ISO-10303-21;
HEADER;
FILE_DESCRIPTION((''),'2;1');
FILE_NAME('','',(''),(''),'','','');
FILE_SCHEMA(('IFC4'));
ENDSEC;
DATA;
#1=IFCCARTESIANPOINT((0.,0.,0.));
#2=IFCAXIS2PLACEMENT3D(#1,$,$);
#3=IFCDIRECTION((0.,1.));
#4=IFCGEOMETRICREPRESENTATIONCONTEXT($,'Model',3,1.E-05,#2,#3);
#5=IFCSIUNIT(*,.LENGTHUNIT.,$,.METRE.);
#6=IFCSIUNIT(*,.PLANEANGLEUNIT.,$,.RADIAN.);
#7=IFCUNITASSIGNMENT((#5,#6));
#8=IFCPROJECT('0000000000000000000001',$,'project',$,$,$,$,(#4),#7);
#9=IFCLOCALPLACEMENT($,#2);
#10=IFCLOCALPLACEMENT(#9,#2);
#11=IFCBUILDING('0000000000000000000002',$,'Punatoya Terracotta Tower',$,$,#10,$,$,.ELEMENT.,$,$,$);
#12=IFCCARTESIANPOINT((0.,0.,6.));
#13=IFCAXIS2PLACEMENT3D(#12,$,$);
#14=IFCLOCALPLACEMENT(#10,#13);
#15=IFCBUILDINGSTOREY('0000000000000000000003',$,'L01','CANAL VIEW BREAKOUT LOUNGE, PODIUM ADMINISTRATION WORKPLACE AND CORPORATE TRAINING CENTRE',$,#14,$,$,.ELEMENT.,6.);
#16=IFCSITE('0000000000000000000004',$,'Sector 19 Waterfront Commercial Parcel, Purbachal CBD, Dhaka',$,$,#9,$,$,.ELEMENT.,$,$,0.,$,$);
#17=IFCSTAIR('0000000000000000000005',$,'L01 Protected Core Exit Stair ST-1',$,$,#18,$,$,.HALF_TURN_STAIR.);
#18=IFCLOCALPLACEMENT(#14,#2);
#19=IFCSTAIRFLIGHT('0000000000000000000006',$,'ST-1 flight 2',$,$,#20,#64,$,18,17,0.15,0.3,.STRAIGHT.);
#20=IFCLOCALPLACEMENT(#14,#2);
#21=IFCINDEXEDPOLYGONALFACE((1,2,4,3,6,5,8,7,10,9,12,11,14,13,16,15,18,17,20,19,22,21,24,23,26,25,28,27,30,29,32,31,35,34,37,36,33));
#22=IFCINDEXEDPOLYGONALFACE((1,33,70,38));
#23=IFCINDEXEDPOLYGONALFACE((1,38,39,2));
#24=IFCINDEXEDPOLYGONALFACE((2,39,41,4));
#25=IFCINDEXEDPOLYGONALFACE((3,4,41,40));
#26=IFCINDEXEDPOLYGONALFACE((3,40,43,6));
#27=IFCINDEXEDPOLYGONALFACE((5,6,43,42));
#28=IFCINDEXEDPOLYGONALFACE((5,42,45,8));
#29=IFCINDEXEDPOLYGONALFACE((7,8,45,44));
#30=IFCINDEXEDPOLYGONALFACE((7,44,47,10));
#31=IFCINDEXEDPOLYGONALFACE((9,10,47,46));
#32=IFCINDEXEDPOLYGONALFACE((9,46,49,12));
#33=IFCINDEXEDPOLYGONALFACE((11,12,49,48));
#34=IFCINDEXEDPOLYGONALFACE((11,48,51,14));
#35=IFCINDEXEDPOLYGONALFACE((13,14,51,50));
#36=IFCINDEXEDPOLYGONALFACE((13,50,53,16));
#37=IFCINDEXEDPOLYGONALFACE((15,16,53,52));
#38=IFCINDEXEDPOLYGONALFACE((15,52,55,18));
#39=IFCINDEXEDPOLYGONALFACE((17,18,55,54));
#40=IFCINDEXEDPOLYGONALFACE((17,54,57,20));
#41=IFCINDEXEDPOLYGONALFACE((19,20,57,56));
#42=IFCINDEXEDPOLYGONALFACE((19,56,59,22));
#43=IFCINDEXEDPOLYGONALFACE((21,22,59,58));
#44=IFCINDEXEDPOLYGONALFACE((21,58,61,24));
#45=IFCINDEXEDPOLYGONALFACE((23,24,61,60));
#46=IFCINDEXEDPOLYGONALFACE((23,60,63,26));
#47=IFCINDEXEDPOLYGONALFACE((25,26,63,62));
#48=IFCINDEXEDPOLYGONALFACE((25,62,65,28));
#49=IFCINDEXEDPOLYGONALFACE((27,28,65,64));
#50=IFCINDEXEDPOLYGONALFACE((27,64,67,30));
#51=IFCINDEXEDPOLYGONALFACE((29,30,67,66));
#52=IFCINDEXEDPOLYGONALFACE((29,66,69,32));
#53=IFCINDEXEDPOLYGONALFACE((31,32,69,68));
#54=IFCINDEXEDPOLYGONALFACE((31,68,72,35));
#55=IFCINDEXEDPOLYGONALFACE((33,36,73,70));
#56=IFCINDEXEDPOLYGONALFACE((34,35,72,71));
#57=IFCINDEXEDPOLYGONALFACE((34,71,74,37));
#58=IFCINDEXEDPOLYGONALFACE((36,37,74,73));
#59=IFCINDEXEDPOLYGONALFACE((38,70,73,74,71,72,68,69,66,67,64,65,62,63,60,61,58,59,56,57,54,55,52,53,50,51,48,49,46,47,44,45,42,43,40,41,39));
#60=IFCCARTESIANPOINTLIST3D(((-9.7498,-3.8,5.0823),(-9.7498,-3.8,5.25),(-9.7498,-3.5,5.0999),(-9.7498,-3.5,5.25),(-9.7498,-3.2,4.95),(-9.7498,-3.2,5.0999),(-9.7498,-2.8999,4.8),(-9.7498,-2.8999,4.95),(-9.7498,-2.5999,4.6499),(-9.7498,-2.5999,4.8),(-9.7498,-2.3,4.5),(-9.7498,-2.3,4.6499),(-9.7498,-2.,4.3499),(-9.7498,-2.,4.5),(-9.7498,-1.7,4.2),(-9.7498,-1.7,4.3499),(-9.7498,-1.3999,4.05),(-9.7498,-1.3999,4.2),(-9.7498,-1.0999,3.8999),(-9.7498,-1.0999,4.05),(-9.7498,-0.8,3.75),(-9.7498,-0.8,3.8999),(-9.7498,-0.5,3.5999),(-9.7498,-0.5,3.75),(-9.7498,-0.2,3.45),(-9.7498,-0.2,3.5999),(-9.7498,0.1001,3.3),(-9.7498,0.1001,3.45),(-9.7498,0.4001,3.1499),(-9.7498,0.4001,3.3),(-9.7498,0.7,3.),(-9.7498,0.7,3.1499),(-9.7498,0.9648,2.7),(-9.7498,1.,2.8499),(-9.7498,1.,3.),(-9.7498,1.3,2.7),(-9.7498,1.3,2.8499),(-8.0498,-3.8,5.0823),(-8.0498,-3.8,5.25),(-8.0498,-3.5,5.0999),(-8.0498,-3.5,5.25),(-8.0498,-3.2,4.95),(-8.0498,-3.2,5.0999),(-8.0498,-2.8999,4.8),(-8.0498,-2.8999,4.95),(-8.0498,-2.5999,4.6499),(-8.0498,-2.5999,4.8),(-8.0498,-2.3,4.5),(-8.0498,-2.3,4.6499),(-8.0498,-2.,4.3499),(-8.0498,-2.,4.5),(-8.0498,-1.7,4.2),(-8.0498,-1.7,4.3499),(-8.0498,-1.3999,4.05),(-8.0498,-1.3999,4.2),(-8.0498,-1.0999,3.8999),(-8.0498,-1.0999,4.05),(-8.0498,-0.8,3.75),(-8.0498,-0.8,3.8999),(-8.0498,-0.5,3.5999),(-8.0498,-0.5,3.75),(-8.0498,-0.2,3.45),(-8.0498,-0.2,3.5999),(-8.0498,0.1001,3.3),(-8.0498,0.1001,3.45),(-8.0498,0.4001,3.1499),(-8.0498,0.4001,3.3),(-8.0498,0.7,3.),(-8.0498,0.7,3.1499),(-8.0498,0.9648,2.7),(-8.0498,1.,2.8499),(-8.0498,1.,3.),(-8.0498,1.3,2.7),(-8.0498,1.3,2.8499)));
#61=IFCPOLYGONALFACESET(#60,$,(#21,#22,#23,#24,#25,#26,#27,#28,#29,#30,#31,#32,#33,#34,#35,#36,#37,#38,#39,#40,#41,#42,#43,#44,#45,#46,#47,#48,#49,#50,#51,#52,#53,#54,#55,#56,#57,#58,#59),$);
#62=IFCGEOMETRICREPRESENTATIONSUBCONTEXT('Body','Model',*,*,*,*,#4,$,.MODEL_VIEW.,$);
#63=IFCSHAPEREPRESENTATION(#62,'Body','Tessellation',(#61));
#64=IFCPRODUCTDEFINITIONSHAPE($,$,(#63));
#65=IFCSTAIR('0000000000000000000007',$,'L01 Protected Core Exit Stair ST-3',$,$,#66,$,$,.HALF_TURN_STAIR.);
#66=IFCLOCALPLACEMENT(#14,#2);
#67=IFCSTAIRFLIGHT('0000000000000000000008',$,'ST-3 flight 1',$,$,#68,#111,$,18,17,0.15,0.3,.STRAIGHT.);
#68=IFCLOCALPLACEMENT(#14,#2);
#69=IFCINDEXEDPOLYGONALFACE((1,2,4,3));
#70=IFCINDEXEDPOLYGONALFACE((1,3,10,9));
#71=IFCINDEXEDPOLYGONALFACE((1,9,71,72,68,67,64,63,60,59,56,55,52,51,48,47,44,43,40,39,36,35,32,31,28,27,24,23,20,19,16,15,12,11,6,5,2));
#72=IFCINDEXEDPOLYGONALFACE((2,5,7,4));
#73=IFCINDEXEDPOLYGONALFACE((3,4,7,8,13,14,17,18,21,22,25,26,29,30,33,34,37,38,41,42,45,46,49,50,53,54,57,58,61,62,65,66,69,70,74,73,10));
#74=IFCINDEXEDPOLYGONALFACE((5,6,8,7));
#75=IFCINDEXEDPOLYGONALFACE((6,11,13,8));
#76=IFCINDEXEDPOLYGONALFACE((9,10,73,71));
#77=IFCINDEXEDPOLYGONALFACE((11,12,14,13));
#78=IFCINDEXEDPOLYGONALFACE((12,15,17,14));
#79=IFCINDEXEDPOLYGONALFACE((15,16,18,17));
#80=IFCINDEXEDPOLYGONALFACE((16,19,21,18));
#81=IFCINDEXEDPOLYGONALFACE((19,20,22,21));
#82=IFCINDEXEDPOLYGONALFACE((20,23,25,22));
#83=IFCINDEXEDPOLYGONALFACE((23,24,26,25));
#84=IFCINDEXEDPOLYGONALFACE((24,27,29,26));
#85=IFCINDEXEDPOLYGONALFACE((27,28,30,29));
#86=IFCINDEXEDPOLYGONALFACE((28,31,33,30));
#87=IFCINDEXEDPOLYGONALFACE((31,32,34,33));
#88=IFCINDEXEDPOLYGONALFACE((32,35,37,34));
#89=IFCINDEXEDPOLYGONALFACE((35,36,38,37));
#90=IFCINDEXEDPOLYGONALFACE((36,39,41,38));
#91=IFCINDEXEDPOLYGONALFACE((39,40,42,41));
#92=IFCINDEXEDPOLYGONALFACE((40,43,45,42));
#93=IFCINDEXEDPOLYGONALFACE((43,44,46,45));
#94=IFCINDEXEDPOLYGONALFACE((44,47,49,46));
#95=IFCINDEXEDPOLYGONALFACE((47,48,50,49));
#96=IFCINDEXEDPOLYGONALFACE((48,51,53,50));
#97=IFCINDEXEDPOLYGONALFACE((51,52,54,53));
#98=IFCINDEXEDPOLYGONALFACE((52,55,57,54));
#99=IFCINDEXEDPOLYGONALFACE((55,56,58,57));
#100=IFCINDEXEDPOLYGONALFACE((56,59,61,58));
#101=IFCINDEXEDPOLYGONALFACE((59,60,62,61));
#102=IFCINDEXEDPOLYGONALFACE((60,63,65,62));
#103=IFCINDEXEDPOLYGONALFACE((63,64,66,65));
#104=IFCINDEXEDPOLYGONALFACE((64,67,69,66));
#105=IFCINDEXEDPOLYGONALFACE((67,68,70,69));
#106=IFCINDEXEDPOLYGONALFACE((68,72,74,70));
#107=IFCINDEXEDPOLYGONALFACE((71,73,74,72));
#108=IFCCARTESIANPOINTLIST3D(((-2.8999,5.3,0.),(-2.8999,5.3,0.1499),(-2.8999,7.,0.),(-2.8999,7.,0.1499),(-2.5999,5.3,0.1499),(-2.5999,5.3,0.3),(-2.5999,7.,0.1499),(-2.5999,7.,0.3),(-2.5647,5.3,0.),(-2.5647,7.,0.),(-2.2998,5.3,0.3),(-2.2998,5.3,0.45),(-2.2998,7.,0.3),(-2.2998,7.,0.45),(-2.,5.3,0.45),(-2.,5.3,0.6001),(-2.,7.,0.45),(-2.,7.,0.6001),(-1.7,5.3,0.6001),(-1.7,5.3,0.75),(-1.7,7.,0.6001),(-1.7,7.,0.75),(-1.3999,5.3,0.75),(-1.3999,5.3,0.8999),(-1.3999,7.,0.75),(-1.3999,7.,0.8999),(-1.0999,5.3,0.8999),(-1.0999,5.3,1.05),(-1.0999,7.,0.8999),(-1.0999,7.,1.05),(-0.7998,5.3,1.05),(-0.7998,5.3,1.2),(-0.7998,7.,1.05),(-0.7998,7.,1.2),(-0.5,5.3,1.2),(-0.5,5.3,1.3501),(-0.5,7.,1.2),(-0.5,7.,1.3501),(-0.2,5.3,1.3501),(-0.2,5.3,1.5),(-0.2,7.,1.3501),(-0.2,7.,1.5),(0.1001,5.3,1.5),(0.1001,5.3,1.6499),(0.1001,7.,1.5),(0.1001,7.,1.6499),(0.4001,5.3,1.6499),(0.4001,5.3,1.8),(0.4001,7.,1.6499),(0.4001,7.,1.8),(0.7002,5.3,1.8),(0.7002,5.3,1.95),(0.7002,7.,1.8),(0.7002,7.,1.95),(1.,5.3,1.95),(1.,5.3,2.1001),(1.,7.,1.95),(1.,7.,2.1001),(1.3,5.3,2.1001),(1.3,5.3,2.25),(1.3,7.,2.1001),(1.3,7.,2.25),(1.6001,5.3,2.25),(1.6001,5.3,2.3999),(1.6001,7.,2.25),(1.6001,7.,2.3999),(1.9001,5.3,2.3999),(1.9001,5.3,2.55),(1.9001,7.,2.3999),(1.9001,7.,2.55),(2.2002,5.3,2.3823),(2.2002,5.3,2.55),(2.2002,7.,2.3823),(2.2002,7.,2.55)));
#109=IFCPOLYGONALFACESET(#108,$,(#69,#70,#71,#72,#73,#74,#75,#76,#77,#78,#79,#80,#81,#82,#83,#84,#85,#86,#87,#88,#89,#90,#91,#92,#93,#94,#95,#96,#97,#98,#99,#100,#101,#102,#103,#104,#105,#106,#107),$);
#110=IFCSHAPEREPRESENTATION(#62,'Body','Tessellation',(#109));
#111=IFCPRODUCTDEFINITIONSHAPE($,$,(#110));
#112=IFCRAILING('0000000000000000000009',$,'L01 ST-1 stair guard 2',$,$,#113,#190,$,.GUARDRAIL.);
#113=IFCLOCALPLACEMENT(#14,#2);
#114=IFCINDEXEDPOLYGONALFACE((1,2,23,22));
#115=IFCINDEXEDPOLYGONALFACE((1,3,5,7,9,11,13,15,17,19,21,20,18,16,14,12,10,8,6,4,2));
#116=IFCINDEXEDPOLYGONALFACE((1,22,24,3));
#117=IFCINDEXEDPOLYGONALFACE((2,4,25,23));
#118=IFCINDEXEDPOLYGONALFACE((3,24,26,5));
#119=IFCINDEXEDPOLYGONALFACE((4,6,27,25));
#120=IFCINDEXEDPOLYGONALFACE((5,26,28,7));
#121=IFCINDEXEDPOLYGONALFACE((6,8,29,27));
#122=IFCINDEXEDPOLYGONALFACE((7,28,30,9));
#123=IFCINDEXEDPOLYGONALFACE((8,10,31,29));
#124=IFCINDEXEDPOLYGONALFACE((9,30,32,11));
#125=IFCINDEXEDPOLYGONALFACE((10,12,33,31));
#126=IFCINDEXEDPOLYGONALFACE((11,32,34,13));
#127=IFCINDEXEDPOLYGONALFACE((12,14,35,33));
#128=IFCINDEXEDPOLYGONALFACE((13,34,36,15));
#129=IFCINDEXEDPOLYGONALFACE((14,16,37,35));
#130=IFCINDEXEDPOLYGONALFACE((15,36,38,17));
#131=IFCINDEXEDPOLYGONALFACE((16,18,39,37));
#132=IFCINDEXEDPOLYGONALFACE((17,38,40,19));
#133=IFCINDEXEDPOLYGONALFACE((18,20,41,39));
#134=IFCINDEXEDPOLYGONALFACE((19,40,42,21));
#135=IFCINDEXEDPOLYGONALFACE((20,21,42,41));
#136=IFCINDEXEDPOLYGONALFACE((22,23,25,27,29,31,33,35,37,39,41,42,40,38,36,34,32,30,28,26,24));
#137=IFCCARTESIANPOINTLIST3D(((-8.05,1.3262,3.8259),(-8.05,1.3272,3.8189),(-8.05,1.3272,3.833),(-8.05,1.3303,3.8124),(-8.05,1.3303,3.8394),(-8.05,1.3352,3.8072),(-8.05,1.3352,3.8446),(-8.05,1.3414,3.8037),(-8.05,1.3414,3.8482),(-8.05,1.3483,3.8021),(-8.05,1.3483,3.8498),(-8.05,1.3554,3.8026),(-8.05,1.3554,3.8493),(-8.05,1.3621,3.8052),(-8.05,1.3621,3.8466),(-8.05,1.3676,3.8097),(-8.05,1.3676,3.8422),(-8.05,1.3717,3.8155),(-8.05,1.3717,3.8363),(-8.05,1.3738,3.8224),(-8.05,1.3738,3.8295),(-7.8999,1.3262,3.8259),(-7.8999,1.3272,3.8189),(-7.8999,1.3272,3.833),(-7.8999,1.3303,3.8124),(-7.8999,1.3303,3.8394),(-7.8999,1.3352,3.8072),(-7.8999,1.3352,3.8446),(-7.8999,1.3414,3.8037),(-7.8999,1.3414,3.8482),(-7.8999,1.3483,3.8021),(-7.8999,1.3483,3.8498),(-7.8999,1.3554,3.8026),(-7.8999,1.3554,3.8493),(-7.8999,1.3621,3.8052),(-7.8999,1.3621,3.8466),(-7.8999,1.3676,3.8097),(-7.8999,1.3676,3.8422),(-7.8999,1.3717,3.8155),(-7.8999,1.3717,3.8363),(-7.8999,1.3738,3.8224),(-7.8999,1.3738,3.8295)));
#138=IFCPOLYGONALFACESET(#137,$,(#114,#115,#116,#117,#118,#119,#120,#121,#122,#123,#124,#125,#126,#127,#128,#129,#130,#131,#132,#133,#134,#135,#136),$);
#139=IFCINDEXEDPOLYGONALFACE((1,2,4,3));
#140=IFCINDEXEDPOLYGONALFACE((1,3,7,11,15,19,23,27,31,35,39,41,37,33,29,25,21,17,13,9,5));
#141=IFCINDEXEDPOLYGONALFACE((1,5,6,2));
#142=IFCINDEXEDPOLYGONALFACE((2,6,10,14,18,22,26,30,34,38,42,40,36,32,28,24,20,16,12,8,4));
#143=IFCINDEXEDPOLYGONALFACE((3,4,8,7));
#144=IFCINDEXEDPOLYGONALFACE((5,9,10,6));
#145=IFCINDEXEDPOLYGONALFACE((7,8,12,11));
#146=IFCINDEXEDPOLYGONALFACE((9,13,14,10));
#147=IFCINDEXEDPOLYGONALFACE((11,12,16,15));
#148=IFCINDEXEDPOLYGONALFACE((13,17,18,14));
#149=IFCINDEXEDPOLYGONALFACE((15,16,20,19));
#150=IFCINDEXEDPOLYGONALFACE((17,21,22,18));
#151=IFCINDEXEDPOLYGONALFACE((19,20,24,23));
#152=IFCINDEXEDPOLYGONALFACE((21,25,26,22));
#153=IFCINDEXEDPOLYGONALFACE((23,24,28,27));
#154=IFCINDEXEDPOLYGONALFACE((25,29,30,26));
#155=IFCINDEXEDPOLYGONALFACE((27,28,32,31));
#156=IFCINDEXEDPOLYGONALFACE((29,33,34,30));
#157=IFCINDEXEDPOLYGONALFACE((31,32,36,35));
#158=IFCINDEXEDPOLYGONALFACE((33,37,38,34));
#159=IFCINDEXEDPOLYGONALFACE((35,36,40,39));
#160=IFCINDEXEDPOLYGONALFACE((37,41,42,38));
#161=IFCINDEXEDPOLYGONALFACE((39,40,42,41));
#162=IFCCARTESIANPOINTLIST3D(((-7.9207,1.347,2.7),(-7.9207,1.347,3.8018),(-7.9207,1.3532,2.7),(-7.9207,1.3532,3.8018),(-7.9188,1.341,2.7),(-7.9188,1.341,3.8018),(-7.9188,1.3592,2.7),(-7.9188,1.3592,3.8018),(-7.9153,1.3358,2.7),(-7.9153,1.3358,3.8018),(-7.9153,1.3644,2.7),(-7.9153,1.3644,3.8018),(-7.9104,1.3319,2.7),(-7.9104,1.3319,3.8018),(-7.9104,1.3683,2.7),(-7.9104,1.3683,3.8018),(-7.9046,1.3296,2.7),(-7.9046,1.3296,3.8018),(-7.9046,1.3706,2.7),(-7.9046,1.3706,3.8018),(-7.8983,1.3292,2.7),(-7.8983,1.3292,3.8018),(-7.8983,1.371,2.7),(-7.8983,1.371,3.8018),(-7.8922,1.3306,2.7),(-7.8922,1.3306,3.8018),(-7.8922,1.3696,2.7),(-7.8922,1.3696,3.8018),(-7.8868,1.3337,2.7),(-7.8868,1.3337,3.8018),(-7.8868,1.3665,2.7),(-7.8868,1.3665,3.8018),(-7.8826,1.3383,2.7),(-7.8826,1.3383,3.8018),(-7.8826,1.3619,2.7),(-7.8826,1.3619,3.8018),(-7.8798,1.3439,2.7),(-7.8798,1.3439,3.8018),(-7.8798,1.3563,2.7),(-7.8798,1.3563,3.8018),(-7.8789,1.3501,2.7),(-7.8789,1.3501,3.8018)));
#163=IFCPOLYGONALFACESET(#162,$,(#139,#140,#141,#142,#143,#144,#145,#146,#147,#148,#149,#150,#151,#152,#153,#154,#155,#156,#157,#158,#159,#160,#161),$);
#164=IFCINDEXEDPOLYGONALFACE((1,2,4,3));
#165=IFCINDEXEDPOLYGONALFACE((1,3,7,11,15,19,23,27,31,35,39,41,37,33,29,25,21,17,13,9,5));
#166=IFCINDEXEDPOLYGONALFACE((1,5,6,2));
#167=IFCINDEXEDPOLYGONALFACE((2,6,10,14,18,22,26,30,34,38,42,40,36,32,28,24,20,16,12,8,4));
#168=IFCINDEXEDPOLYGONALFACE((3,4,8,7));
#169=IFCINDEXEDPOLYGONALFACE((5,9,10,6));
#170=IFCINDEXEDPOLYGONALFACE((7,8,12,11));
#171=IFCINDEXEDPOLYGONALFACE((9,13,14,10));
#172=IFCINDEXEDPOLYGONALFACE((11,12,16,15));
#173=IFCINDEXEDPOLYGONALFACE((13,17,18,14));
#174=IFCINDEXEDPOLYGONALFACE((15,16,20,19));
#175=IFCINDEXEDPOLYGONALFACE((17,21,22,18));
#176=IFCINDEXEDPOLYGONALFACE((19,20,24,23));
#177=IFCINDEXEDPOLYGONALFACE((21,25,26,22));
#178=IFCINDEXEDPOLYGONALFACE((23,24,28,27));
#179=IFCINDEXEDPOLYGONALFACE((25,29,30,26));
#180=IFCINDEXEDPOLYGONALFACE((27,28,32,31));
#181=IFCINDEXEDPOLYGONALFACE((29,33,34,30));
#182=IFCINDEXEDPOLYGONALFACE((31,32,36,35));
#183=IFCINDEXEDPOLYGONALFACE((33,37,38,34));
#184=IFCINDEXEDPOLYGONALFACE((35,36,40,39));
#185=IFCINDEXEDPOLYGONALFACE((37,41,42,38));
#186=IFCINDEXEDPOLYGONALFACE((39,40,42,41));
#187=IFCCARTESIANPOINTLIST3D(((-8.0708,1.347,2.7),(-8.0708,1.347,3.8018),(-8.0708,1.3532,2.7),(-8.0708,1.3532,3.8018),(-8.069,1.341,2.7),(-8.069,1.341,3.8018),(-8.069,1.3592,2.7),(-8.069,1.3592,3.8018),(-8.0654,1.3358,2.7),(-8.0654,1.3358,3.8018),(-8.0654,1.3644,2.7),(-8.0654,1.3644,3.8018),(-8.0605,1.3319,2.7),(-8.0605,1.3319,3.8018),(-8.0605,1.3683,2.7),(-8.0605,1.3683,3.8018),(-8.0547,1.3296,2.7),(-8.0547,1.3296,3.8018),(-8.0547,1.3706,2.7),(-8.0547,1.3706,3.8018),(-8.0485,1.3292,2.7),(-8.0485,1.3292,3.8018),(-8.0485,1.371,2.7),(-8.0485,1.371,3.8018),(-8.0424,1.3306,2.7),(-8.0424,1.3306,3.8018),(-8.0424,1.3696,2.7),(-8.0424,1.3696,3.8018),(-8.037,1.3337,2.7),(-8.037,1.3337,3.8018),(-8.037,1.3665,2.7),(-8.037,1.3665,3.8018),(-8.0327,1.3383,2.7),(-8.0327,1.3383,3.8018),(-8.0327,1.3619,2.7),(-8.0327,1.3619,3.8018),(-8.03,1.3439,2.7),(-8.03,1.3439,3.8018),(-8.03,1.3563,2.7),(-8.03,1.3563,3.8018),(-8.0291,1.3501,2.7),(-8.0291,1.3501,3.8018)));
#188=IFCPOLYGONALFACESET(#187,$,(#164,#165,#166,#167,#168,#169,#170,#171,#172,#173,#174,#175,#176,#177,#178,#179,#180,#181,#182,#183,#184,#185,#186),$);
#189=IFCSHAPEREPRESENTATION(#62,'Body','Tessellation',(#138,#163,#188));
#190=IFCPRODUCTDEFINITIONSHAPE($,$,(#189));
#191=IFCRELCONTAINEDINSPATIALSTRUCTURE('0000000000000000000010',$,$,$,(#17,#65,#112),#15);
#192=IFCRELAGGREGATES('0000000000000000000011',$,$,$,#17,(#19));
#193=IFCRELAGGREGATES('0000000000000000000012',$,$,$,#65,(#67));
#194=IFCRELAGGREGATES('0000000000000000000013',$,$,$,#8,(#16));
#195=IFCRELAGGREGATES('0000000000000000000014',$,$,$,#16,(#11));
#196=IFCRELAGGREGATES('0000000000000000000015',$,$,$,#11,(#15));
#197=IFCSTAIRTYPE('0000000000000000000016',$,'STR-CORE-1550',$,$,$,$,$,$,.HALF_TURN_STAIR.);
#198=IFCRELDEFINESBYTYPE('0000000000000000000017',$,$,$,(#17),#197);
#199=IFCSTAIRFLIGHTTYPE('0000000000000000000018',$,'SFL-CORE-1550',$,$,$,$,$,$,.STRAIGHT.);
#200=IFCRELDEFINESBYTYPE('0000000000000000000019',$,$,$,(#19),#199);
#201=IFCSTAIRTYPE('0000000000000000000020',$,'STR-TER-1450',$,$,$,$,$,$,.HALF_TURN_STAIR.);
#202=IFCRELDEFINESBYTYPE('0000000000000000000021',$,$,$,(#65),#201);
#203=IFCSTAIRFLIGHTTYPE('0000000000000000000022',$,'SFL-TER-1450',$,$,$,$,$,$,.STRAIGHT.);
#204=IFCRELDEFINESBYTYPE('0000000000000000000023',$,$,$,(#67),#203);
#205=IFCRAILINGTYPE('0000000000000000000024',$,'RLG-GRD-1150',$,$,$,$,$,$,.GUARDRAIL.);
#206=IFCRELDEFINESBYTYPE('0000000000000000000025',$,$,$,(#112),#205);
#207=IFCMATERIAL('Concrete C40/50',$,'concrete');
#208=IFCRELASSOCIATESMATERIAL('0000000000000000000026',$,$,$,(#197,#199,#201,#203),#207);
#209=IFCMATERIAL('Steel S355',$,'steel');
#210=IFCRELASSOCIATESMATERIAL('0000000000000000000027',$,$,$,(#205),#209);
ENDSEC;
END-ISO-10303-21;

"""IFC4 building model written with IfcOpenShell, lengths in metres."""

from ifc_helpers import new_model, si_unit, direction, frame, origin, origin_2d, place, context, subcontext, project, spatial, polyline, circle, outline, extrude, material, type_object, element, aggregate, save


model = new_model("IFC4")

# Units and contexts
model_context = context("Model", 3, precision=1e-05, world=origin(), true_north=direction((0.0, 1.0)))
body_context = subcontext(model_context, "Body", "Model", "MODEL_VIEW")
ifc_project = project(units=[si_unit("LENGTHUNIT", "METRE"), si_unit("PLANEANGLEUNIT", "RADIAN")], contexts=[model_context])

# Site, building, storey
site_placement = place(None, origin())
site = spatial("IfcSite", under=ifc_project, at=site_placement, Name="Sector 19 Waterfront Commercial Parcel, Purbachal CBD, Dhaka", CompositionType="ELEMENT", RefElevation=0.0)
building_placement = place(site_placement, origin())
building = spatial("IfcBuilding", under=site, at=building_placement, Name="Punatoya Terracotta Tower", CompositionType="ELEMENT")
storey_placement = place(building_placement, frame((0.0, 0.0, 6.0)))
storey = spatial("IfcBuildingStorey", under=building, at=storey_placement, Name="L01", Description="CANAL VIEW BREAKOUT LOUNGE, PODIUM ADMINISTRATION WORKPLACE AND CORPORATE TRAINING CENTRE", CompositionType="ELEMENT", Elevation=6.0)

# Shared definitions
ifc_material_1 = material(Name="Steel S355", Category="steel")

# Shared definitions
ifc_material_2 = material(Name="Concrete C40/50", Category="concrete")

# Stairs, stair flights
stair_type_1 = type_object("IfcStairType", Name="STR-CORE-1550", PredefinedType="HALF_TURN_STAIR", material=ifc_material_2)
stair_1_placement = place(storey_placement, origin())
stair_1 = element("IfcStair", 1, at=stair_1_placement, inside=storey, type_object=stair_type_1, Name="L01 Protected Core Exit Stair ST-1", PredefinedType="HALF_TURN_STAIR")
stair_flight_type_1 = type_object("IfcStairFlightType", Name="SFL-CORE-1550", PredefinedType="STRAIGHT", material=ifc_material_2)
stair_flight_1_placement = place(storey_placement, frame((-8.8999, 1.3, 2.7), z_axis=(0.0, 0.0, 1.0), x_axis=(0.0, -1.0, 0.0)))
stair_flight_1 = element("IfcStairFlight", 2, at=stair_flight_1_placement, type_object=stair_flight_type_1, Name="ST-1 flight 2", NumberOfRisers=18, NumberOfTreads=17, PredefinedType="STRAIGHT", RiserHeight=0.15, TreadLength=0.3, context=body_context, shape_type="SweptSolid", body=[
    extrude(outline(polyline([(0.0, 0.0), (0.0, 0.1499), (0.3, 0.1499), (0.3, 0.3), (0.6001, 0.3), (0.6001, 0.45), (0.8999, 0.45), (0.8999, 0.6001), (1.2, 0.6001), (1.2, 0.75), (1.5, 0.75), (1.5, 0.8999), (1.8, 0.8999), (1.8, 1.05), (2.1001, 1.05), (2.1001, 1.2), (2.3999, 1.2), (2.3999, 1.3501), (2.7, 1.3501), (2.7, 1.5), (3.0, 1.5), (3.0, 1.6499), (3.3, 1.6499), (3.3, 1.8), (3.6001, 1.8), (3.6001, 1.95), (3.8999, 1.95), (3.8999, 2.1001), (4.2, 2.1001), (4.2, 2.25), (4.5, 2.25), (4.5, 2.3999), (4.8, 2.3999), (4.8, 2.55), (5.1001, 2.55), (5.1001, 2.7), (5.1001, 2.3823), (0.3352, 0.0), (0.0, 0.0)])), frame((0.0, 0.8501, 0.0), z_axis=(0.0, -1.0, 0.0), x_axis=(1.0, 0.0, 0.0)), (0.0, 0.0, 1.0), 1.7),
])
aggregate(stair_1, [stair_flight_1])
stair_type_2 = type_object("IfcStairType", Name="STR-TER-1450", PredefinedType="HALF_TURN_STAIR", material=ifc_material_2)
stair_2_placement = place(storey_placement, origin())
stair_2 = element("IfcStair", 3, at=stair_2_placement, inside=storey, type_object=stair_type_2, Name="L01 Protected Core Exit Stair ST-3", PredefinedType="HALF_TURN_STAIR")
stair_flight_type_2 = type_object("IfcStairFlightType", Name="SFL-TER-1450", PredefinedType="STRAIGHT", material=ifc_material_2)
stair_flight_2_placement = place(storey_placement, frame((-2.8999, 6.1499, 0.0), z_axis=(0.0, 0.0, 1.0), x_axis=(1.0, 0.0, 0.0)))
stair_flight_2 = element("IfcStairFlight", 4, at=stair_flight_2_placement, type_object=stair_flight_type_2, Name="ST-3 flight 1", NumberOfRisers=18, NumberOfTreads=17, PredefinedType="STRAIGHT", RiserHeight=0.15, TreadLength=0.3, context=body_context, shape_type="SweptSolid", body=[
    extrude(outline(polyline([(0.0, 0.0), (0.0, 0.1499), (0.3, 0.1499), (0.3, 0.3), (0.6001, 0.3), (0.6001, 0.45), (0.8999, 0.45), (0.8999, 0.6001), (1.2, 0.6001), (1.2, 0.75), (1.5, 0.75), (1.5, 0.8999), (1.8, 0.8999), (1.8, 1.05), (2.1001, 1.05), (2.1001, 1.2), (2.3999, 1.2), (2.3999, 1.3501), (2.7, 1.3501), (2.7, 1.5), (3.0, 1.5), (3.0, 1.6499), (3.3, 1.6499), (3.3, 1.8), (3.6001, 1.8), (3.6001, 1.95), (3.8999, 1.95), (3.8999, 2.1001), (4.2, 2.1001), (4.2, 2.25), (4.5, 2.25), (4.5, 2.3999), (4.8, 2.3999), (4.8, 2.55), (5.1001, 2.55), (5.1001, 2.7), (5.1001, 2.3823), (0.3352, 0.0), (0.0, 0.0)])), frame((0.0, 0.8501, 0.0), z_axis=(0.0, -1.0, 0.0), x_axis=(1.0, 0.0, 0.0)), (0.0, 0.0, 1.0), 1.7),
])
aggregate(stair_2, [stair_flight_2])

# Railing
railing_type_1 = type_object("IfcRailingType", Name="RLG-GRD-1150", PredefinedType="GUARDRAIL", material=ifc_material_1)
railing_1_placement = place(storey_placement, frame((-7.8999, 1.3501, 2.7)))
element("IfcRailing", 5, at=railing_1_placement, inside=storey, type_object=railing_type_1, Name="L01 ST-1 stair guard 2", PredefinedType="GUARDRAIL", context=body_context, shape_type="SweptSolid", body=[
    extrude(circle(Radius=0.0239, at=origin_2d()), frame((0.0, 0.0, 1.126), z_axis=(-1.0, 0.0, 0.0), x_axis=(0.0, -1.0, 0.0)), (0.0, 0.0, 1.0), 0.1501),
    extrude(circle(Radius=0.021, at=origin_2d()), origin(), (0.0, 0.0, 1.0), 1.1018),
    extrude(circle(Radius=0.021, at=origin_2d()), frame((-0.1501, 0.0, 0.0)), (0.0, 0.0, 1.0), 1.1018),
])

save(model, "model.ifc")
